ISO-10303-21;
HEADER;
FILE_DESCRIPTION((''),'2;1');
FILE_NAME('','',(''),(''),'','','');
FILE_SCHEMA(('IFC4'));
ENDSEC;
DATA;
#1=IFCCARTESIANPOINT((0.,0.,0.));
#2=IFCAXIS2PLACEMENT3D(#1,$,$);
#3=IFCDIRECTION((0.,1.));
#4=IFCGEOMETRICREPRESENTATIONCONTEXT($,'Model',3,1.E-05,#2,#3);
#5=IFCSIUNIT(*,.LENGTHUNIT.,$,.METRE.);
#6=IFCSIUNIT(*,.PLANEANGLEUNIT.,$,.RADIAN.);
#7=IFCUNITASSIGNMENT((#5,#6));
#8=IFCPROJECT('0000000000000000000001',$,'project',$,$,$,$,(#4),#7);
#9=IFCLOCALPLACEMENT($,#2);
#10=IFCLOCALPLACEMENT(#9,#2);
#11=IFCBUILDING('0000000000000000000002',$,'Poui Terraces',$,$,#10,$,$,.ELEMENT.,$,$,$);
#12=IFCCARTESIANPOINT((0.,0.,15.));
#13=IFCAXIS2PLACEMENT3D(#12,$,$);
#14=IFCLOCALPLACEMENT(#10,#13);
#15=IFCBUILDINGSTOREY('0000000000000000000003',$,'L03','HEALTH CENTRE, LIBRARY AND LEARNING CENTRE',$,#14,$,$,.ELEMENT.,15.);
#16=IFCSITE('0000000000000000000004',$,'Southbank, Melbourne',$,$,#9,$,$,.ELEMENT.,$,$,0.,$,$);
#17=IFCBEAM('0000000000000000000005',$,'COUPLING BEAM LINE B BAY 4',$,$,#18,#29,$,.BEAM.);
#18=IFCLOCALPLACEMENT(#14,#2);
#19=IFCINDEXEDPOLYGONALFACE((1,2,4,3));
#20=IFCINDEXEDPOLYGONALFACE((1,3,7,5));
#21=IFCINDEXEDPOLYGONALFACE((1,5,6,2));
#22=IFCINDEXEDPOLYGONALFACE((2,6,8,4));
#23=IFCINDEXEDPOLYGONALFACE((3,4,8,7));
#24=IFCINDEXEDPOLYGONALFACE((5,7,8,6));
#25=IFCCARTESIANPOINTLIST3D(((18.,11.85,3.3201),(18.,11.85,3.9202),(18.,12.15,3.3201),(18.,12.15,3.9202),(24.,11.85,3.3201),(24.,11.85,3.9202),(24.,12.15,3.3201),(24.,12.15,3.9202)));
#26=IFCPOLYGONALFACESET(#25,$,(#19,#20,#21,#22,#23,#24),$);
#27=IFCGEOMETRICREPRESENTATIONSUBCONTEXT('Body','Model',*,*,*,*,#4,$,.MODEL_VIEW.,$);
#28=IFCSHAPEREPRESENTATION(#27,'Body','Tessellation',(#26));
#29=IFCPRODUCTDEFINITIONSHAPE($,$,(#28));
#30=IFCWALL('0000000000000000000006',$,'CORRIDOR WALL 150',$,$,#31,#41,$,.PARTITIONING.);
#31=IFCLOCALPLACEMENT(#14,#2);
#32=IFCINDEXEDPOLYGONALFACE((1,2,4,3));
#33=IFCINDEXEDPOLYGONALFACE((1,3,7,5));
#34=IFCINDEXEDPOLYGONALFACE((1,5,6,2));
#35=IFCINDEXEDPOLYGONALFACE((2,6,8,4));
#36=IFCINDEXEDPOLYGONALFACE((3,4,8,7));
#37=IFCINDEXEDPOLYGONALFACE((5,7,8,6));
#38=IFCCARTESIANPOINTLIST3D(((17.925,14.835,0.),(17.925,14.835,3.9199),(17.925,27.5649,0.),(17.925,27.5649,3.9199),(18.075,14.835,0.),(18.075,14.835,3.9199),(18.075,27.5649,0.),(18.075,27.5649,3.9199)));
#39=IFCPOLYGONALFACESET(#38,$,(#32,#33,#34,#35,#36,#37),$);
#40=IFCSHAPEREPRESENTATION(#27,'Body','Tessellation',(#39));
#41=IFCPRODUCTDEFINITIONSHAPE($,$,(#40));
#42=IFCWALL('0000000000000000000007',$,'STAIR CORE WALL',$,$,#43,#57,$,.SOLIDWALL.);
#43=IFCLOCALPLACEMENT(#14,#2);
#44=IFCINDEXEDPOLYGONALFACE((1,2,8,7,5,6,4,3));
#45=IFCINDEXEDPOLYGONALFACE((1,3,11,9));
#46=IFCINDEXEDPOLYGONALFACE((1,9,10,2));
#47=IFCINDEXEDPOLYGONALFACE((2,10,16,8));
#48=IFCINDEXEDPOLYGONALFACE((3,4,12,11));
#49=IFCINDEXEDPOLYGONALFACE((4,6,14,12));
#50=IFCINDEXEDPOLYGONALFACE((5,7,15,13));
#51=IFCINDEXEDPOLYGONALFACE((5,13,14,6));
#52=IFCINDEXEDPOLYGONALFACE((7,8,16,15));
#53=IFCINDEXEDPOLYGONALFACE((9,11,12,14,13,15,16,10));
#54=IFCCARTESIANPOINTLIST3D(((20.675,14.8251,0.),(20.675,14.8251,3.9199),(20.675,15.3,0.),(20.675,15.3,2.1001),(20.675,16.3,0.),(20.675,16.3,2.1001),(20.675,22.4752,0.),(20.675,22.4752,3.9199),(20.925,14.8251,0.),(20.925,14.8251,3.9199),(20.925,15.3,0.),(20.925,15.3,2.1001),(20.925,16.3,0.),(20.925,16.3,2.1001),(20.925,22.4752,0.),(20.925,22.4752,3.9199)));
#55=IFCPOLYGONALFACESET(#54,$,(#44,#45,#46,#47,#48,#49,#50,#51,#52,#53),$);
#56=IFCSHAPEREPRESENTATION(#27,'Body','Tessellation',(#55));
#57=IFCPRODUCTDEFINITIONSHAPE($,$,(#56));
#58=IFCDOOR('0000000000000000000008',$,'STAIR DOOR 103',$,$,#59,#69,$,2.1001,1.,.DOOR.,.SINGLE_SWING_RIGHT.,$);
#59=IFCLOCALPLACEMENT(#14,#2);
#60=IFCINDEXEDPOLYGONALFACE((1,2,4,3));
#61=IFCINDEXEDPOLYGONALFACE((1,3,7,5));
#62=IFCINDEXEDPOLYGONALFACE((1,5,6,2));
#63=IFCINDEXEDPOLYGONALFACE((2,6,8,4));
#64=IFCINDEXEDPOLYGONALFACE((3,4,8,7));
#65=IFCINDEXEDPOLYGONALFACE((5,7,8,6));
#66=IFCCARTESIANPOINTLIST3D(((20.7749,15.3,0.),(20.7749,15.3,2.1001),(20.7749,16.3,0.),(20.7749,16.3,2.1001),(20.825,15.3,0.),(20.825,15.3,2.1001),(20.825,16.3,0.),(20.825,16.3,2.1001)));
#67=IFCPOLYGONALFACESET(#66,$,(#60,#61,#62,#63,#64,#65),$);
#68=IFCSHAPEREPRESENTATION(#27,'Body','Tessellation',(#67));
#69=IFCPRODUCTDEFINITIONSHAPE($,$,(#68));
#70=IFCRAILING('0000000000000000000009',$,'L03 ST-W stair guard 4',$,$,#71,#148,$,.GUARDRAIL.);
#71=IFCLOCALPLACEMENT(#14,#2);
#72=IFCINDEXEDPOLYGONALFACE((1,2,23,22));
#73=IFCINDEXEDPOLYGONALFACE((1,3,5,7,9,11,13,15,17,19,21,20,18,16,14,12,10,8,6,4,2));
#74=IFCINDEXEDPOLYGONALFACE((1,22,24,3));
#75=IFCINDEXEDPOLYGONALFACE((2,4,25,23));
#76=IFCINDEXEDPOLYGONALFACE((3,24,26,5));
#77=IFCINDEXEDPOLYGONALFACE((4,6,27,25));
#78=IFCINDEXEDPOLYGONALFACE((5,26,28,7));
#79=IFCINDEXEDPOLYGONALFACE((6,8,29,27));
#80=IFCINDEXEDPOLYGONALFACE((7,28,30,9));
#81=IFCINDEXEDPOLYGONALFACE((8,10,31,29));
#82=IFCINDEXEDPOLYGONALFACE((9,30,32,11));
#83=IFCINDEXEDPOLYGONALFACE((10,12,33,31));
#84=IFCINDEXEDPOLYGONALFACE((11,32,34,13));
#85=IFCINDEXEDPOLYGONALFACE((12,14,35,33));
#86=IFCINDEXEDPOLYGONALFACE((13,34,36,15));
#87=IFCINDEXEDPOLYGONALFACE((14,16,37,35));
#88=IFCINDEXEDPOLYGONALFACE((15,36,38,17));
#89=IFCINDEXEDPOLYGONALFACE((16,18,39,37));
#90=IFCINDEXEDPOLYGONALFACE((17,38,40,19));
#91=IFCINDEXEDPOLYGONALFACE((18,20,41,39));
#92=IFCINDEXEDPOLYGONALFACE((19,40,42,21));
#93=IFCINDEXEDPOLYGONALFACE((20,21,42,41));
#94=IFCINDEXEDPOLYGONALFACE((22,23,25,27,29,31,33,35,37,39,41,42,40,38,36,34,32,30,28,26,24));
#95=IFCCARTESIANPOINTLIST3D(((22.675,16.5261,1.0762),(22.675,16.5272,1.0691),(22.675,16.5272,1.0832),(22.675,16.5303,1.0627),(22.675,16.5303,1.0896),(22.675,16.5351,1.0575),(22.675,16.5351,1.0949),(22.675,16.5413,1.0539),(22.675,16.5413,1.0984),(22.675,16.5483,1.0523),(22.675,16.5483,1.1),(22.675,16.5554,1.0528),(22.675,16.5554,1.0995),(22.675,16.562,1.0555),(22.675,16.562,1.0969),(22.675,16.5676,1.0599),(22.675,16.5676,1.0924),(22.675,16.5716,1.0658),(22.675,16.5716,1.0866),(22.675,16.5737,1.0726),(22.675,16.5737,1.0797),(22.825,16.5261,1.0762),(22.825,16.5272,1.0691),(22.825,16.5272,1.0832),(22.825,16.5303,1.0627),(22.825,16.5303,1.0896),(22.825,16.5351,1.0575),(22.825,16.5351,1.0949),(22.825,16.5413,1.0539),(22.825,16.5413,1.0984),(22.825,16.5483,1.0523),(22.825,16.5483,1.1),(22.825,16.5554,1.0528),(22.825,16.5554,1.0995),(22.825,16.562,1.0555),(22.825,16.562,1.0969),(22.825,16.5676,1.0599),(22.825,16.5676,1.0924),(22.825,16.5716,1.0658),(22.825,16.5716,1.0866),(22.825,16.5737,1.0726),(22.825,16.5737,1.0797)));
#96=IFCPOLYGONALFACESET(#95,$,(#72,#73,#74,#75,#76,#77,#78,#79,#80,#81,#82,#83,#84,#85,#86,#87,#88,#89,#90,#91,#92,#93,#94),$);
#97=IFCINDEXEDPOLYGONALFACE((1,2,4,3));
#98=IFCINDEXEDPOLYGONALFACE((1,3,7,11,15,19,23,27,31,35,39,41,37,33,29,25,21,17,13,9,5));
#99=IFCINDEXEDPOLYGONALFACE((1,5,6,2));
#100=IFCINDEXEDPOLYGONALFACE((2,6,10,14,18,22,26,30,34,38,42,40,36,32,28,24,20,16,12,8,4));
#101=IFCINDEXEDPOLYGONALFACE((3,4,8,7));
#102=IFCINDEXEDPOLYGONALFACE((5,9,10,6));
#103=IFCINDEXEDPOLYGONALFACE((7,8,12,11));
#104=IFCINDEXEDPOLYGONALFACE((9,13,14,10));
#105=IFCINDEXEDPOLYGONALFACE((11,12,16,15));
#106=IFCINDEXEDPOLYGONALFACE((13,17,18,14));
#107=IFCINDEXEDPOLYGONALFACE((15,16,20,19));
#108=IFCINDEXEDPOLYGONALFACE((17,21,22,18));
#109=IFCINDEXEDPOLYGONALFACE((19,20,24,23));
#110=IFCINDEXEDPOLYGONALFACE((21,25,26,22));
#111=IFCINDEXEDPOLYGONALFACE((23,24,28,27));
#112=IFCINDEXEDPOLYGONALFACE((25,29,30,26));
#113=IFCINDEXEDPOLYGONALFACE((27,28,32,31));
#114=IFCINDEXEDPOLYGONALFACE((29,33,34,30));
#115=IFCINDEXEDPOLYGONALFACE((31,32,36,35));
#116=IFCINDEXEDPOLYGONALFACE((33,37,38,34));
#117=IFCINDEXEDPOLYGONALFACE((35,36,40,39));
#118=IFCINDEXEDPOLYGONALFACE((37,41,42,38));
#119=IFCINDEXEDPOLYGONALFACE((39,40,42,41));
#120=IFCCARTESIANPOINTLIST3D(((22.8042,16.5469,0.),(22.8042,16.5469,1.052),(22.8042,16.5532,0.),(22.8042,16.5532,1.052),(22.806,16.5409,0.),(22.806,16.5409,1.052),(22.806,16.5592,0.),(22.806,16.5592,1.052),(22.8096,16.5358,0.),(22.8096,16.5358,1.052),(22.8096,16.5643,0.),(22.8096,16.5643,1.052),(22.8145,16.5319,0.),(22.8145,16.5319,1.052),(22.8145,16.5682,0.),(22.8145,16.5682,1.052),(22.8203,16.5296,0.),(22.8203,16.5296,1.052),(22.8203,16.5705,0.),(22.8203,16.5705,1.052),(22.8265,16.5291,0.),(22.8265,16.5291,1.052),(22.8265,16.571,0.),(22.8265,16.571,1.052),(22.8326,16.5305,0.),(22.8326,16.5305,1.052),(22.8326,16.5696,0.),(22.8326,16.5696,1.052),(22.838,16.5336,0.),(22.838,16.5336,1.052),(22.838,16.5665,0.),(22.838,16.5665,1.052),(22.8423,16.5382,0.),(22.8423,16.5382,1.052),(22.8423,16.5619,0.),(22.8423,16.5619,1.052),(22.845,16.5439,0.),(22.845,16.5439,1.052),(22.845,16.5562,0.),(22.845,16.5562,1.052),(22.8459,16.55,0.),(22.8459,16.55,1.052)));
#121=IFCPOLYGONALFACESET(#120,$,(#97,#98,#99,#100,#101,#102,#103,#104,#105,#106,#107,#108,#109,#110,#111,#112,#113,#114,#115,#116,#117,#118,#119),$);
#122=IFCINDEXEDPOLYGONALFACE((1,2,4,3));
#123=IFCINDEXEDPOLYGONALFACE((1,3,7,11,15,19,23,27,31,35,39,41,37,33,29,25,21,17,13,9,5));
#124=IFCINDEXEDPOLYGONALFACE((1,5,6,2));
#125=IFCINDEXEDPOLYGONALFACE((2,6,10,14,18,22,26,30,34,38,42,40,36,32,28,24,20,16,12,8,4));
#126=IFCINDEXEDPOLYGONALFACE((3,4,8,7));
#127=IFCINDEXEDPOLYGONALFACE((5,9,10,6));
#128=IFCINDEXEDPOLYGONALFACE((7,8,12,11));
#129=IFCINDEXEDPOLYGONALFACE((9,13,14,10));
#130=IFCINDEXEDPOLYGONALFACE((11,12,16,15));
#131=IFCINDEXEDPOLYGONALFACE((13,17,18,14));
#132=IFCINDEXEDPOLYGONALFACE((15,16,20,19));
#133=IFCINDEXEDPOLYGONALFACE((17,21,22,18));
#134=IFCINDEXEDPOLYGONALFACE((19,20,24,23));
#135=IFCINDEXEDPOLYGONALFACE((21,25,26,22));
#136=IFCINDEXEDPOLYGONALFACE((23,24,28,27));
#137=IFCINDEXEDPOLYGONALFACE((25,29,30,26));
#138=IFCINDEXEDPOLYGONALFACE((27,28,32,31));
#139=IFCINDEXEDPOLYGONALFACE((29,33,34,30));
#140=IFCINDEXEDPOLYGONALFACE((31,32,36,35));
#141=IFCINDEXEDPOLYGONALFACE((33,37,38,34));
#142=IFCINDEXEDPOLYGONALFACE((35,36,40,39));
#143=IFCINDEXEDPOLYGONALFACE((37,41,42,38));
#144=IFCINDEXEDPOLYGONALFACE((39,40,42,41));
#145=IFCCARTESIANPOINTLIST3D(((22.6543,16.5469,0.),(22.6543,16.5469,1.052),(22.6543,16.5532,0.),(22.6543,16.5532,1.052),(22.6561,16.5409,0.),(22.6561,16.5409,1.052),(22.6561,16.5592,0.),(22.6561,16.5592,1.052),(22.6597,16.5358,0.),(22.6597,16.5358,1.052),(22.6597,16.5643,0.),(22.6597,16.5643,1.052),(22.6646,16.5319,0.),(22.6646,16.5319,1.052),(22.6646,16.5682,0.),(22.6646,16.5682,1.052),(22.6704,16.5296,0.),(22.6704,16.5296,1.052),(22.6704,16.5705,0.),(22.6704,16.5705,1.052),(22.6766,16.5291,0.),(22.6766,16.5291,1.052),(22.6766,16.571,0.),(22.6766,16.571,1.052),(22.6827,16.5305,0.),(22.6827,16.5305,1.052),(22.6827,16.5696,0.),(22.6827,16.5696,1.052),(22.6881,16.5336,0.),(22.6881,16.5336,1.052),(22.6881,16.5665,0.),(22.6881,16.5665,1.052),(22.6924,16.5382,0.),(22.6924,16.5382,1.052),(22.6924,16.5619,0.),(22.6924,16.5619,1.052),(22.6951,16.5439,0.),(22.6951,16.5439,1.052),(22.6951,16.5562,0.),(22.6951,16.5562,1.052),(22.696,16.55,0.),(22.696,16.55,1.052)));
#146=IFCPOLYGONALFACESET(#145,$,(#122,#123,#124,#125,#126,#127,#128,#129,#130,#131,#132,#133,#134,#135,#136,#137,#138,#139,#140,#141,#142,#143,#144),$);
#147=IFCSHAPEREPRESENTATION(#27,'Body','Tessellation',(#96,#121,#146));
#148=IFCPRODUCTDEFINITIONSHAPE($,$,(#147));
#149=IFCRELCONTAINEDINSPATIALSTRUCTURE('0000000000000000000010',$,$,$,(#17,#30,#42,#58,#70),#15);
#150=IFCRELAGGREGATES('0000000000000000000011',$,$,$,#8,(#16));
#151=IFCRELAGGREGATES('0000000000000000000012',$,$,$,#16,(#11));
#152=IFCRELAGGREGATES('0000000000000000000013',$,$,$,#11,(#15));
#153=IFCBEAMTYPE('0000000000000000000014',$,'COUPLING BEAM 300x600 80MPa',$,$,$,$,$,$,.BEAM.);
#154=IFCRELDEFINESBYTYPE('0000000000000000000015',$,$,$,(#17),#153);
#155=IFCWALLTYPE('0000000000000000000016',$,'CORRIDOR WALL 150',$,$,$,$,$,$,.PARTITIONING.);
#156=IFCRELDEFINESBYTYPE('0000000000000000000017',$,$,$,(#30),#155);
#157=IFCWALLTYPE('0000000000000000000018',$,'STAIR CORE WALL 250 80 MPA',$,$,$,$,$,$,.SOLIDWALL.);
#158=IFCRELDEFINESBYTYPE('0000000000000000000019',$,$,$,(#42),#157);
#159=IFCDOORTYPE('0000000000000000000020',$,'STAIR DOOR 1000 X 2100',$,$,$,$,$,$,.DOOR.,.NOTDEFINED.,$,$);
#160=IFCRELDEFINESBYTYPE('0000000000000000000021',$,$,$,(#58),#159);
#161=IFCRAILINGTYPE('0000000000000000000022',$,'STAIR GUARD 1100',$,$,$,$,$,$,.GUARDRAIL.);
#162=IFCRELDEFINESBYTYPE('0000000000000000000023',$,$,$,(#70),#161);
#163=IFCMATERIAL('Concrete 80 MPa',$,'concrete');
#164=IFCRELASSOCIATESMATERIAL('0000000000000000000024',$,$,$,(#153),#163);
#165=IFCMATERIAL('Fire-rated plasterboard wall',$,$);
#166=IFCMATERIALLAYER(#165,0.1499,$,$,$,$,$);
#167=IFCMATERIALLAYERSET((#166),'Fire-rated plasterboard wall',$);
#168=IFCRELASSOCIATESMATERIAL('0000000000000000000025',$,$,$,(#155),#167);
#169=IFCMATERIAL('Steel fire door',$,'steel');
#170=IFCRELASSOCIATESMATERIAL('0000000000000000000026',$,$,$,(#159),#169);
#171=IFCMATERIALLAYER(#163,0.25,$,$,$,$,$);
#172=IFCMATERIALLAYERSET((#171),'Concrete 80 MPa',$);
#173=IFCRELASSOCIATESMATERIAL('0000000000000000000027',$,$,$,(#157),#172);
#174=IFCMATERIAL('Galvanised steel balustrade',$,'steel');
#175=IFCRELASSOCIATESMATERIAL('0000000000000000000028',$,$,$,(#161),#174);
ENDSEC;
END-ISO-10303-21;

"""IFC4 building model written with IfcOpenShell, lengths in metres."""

from ifc_helpers import new_model, si_unit, direction, frame, frame_2d, origin, origin_2d, place, context, subcontext, project, spatial, rectangle, circle, extrude, source, transform, mapped, material, layer, layer_set, material_profile, profile_set, type_object, element, fill, save


model = new_model("IFC4")

# Units and contexts
model_context = context("Model", 3, precision=1e-05, world=origin(), true_north=direction((0.0, 1.0)))
body_context = subcontext(model_context, "Body", "Model", "MODEL_VIEW")
ifc_project = project(units=[si_unit("LENGTHUNIT", "METRE"), si_unit("PLANEANGLEUNIT", "RADIAN")], contexts=[model_context])

# Site, building, storey
site_placement = place(None, origin())
site = spatial("IfcSite", under=ifc_project, at=site_placement, Name="Southbank, Melbourne", CompositionType="ELEMENT", RefElevation=0.0)
building_placement = place(site_placement, origin())
building = spatial("IfcBuilding", under=site, at=building_placement, Name="Poui Terraces", CompositionType="ELEMENT")
storey_placement = place(building_placement, frame((0.0, 0.0, 15.0)))
storey = spatial("IfcBuildingStorey", under=building, at=storey_placement, Name="L03", Description="HEALTH CENTRE, LIBRARY AND LEARNING CENTRE", CompositionType="ELEMENT", Elevation=15.0)

# Beam
ifc_material_1 = material(Name="Concrete 80 MPa", Category="concrete")
ifc_material_profile = material_profile(ifc_material_1, rectangle(XDim=0.3, YDim=0.6001, at=origin_2d()), Name="RC 300x600")
ifc_profile_set = profile_set([ifc_material_profile], Name="Concrete 80 MPa")
beam_type = type_object("IfcBeamType", Name="COUPLING BEAM 300x600 80MPa", PredefinedType="BEAM", material=ifc_profile_set)
shared_shape = source(origin(), body_context, "Body", "SweptSolid", [
    extrude(rectangle(XDim=0.3, YDim=0.6001, at=origin_2d()), origin(), (0.0, 0.0, 1.0), 6.0),
])
beam_placement = place(storey_placement, frame((18.0, 12.0, 3.6201), z_axis=(1.0, 0.0, 0.0), x_axis=(0.0, 1.0, 0.0)))
element("IfcBeam", 1, at=beam_placement, inside=storey, type_object=beam_type, Name="COUPLING BEAM LINE B BAY 4", PredefinedType="BEAM", context=body_context, shape_type="MappedRepresentation", body=[
    mapped(shared_shape, transform((0.0, 0.0, 0.0))),
])

# Wall
ifc_material_2 = material(Name="Fire-rated plasterboard wall")
ifc_layer_1 = layer(ifc_material_2, 0.1499)
ifc_layer_set_1 = layer_set([ifc_layer_1], Name="Fire-rated plasterboard wall")
wall_type_1 = type_object("IfcWallType", Name="CORRIDOR WALL 150", PredefinedType="PARTITIONING", material=ifc_layer_set_1)
wall_1_placement = place(storey_placement, frame((18.0, 14.835, 0.0), z_axis=(0.0, 0.0, 1.0), x_axis=(0.0, 1.0, 0.0)))
element("IfcWall", 2, at=wall_1_placement, inside=storey, type_object=wall_type_1, Name="CORRIDOR WALL 150", PredefinedType="PARTITIONING", context=body_context, shape_type="SweptSolid", body=[
    extrude(rectangle(XDim=12.73, YDim=0.1499, at=frame_2d((6.365, 0.0))), origin(), (0.0, 0.0, 1.0), 3.9199),
])

# Shared definitions
ifc_material_3 = material(Name="Steel fire door", Category="steel")
door_type_1 = type_object("IfcDoorType", Name="STAIR DOOR 1000 X 2100", OperationType="NOTDEFINED", PredefinedType="DOOR", material=ifc_material_3)

# Wall, opening, door
ifc_layer_2 = layer(ifc_material_1, 0.25)
ifc_layer_set_2 = layer_set([ifc_layer_2], Name="Concrete 80 MPa")
wall_type_2 = type_object("IfcWallType", Name="STAIR CORE WALL 250 80 MPA", PredefinedType="SOLIDWALL", material=ifc_layer_set_2)
wall_2_placement = place(storey_placement, frame((20.8, 14.825, 0.0), z_axis=(0.0, 0.0, 1.0), x_axis=(0.0, 1.0, 0.0)))
wall_2 = element("IfcWall", 3, at=wall_2_placement, inside=storey, type_object=wall_type_2, Name="STAIR CORE WALL", PredefinedType="SOLIDWALL", context=body_context, shape_type="SweptSolid", body=[
    extrude(rectangle(XDim=7.6501, YDim=0.25, at=frame_2d((3.8252, 0.0))), origin(), (0.0, 0.0, 1.0), 3.9199),
])
opening_1_placement = place(wall_2_placement, frame((0.4751, 0.0, 0.0)))
opening_1 = element("IfcOpeningElement", 4, at=opening_1_placement, cuts=wall_2, PredefinedType="OPENING", context=body_context, shape_type="SweptSolid", body=[
    extrude(rectangle(XDim=1.0, YDim=2.1001, at=frame_2d((0.5, 1.05))), frame((0.0, 0.135, 0.0), z_axis=(0.0, -1.0, 0.0), x_axis=(1.0, 0.0, 0.0)), (0.0, 0.0, 1.0), 0.27),
])
door_1_placement = place(opening_1_placement, frame((1.0, 0.0, 0.0), z_axis=(0.0, 0.0, 1.0), x_axis=(-1.0, 0.0, 0.0)))
door_1 = element("IfcDoor", 5, at=door_1_placement, inside=storey, type_object=door_type_1, Name="STAIR DOOR 103", OperationType="SINGLE_SWING_RIGHT", OverallHeight=2.1001, OverallWidth=1.0, PredefinedType="DOOR", context=body_context, shape_type="SweptSolid", body=[
    extrude(rectangle(XDim=1.0, YDim=2.1001, at=frame_2d((0.5, 1.05))), frame((0.0, 0.0249, 0.0), z_axis=(0.0, -1.0, 0.0), x_axis=(1.0, 0.0, 0.0)), (0.0, 0.0, 1.0), 0.05),
])
fill(opening_1, door_1)

# Railing
ifc_material_4 = material(Name="Galvanised steel balustrade", Category="steel")
railing_type_1 = type_object("IfcRailingType", Name="STAIR GUARD 1100", PredefinedType="GUARDRAIL", material=ifc_material_4)
railing_1_placement = place(storey_placement, frame((22.825, 16.55, 0.0)))
element("IfcRailing", 6, at=railing_1_placement, inside=storey, type_object=railing_type_1, Name="L03 ST-W stair guard 4", PredefinedType="GUARDRAIL", context=body_context, shape_type="SweptSolid", body=[
    extrude(circle(Radius=0.0239, at=origin_2d()), frame((0.0, 0.0, 1.0762), z_axis=(-1.0, 0.0, 0.0), x_axis=(0.0, -1.0, 0.0)), (0.0, 0.0, 1.0), 0.1499),
    extrude(circle(Radius=0.021, at=origin_2d()), origin(), (0.0, 0.0, 1.0), 1.052),
    extrude(circle(Radius=0.021, at=origin_2d()), frame((-0.1499, 0.0, 0.0)), (0.0, 0.0, 1.0), 1.052),
])

save(model, "model.ifc")
